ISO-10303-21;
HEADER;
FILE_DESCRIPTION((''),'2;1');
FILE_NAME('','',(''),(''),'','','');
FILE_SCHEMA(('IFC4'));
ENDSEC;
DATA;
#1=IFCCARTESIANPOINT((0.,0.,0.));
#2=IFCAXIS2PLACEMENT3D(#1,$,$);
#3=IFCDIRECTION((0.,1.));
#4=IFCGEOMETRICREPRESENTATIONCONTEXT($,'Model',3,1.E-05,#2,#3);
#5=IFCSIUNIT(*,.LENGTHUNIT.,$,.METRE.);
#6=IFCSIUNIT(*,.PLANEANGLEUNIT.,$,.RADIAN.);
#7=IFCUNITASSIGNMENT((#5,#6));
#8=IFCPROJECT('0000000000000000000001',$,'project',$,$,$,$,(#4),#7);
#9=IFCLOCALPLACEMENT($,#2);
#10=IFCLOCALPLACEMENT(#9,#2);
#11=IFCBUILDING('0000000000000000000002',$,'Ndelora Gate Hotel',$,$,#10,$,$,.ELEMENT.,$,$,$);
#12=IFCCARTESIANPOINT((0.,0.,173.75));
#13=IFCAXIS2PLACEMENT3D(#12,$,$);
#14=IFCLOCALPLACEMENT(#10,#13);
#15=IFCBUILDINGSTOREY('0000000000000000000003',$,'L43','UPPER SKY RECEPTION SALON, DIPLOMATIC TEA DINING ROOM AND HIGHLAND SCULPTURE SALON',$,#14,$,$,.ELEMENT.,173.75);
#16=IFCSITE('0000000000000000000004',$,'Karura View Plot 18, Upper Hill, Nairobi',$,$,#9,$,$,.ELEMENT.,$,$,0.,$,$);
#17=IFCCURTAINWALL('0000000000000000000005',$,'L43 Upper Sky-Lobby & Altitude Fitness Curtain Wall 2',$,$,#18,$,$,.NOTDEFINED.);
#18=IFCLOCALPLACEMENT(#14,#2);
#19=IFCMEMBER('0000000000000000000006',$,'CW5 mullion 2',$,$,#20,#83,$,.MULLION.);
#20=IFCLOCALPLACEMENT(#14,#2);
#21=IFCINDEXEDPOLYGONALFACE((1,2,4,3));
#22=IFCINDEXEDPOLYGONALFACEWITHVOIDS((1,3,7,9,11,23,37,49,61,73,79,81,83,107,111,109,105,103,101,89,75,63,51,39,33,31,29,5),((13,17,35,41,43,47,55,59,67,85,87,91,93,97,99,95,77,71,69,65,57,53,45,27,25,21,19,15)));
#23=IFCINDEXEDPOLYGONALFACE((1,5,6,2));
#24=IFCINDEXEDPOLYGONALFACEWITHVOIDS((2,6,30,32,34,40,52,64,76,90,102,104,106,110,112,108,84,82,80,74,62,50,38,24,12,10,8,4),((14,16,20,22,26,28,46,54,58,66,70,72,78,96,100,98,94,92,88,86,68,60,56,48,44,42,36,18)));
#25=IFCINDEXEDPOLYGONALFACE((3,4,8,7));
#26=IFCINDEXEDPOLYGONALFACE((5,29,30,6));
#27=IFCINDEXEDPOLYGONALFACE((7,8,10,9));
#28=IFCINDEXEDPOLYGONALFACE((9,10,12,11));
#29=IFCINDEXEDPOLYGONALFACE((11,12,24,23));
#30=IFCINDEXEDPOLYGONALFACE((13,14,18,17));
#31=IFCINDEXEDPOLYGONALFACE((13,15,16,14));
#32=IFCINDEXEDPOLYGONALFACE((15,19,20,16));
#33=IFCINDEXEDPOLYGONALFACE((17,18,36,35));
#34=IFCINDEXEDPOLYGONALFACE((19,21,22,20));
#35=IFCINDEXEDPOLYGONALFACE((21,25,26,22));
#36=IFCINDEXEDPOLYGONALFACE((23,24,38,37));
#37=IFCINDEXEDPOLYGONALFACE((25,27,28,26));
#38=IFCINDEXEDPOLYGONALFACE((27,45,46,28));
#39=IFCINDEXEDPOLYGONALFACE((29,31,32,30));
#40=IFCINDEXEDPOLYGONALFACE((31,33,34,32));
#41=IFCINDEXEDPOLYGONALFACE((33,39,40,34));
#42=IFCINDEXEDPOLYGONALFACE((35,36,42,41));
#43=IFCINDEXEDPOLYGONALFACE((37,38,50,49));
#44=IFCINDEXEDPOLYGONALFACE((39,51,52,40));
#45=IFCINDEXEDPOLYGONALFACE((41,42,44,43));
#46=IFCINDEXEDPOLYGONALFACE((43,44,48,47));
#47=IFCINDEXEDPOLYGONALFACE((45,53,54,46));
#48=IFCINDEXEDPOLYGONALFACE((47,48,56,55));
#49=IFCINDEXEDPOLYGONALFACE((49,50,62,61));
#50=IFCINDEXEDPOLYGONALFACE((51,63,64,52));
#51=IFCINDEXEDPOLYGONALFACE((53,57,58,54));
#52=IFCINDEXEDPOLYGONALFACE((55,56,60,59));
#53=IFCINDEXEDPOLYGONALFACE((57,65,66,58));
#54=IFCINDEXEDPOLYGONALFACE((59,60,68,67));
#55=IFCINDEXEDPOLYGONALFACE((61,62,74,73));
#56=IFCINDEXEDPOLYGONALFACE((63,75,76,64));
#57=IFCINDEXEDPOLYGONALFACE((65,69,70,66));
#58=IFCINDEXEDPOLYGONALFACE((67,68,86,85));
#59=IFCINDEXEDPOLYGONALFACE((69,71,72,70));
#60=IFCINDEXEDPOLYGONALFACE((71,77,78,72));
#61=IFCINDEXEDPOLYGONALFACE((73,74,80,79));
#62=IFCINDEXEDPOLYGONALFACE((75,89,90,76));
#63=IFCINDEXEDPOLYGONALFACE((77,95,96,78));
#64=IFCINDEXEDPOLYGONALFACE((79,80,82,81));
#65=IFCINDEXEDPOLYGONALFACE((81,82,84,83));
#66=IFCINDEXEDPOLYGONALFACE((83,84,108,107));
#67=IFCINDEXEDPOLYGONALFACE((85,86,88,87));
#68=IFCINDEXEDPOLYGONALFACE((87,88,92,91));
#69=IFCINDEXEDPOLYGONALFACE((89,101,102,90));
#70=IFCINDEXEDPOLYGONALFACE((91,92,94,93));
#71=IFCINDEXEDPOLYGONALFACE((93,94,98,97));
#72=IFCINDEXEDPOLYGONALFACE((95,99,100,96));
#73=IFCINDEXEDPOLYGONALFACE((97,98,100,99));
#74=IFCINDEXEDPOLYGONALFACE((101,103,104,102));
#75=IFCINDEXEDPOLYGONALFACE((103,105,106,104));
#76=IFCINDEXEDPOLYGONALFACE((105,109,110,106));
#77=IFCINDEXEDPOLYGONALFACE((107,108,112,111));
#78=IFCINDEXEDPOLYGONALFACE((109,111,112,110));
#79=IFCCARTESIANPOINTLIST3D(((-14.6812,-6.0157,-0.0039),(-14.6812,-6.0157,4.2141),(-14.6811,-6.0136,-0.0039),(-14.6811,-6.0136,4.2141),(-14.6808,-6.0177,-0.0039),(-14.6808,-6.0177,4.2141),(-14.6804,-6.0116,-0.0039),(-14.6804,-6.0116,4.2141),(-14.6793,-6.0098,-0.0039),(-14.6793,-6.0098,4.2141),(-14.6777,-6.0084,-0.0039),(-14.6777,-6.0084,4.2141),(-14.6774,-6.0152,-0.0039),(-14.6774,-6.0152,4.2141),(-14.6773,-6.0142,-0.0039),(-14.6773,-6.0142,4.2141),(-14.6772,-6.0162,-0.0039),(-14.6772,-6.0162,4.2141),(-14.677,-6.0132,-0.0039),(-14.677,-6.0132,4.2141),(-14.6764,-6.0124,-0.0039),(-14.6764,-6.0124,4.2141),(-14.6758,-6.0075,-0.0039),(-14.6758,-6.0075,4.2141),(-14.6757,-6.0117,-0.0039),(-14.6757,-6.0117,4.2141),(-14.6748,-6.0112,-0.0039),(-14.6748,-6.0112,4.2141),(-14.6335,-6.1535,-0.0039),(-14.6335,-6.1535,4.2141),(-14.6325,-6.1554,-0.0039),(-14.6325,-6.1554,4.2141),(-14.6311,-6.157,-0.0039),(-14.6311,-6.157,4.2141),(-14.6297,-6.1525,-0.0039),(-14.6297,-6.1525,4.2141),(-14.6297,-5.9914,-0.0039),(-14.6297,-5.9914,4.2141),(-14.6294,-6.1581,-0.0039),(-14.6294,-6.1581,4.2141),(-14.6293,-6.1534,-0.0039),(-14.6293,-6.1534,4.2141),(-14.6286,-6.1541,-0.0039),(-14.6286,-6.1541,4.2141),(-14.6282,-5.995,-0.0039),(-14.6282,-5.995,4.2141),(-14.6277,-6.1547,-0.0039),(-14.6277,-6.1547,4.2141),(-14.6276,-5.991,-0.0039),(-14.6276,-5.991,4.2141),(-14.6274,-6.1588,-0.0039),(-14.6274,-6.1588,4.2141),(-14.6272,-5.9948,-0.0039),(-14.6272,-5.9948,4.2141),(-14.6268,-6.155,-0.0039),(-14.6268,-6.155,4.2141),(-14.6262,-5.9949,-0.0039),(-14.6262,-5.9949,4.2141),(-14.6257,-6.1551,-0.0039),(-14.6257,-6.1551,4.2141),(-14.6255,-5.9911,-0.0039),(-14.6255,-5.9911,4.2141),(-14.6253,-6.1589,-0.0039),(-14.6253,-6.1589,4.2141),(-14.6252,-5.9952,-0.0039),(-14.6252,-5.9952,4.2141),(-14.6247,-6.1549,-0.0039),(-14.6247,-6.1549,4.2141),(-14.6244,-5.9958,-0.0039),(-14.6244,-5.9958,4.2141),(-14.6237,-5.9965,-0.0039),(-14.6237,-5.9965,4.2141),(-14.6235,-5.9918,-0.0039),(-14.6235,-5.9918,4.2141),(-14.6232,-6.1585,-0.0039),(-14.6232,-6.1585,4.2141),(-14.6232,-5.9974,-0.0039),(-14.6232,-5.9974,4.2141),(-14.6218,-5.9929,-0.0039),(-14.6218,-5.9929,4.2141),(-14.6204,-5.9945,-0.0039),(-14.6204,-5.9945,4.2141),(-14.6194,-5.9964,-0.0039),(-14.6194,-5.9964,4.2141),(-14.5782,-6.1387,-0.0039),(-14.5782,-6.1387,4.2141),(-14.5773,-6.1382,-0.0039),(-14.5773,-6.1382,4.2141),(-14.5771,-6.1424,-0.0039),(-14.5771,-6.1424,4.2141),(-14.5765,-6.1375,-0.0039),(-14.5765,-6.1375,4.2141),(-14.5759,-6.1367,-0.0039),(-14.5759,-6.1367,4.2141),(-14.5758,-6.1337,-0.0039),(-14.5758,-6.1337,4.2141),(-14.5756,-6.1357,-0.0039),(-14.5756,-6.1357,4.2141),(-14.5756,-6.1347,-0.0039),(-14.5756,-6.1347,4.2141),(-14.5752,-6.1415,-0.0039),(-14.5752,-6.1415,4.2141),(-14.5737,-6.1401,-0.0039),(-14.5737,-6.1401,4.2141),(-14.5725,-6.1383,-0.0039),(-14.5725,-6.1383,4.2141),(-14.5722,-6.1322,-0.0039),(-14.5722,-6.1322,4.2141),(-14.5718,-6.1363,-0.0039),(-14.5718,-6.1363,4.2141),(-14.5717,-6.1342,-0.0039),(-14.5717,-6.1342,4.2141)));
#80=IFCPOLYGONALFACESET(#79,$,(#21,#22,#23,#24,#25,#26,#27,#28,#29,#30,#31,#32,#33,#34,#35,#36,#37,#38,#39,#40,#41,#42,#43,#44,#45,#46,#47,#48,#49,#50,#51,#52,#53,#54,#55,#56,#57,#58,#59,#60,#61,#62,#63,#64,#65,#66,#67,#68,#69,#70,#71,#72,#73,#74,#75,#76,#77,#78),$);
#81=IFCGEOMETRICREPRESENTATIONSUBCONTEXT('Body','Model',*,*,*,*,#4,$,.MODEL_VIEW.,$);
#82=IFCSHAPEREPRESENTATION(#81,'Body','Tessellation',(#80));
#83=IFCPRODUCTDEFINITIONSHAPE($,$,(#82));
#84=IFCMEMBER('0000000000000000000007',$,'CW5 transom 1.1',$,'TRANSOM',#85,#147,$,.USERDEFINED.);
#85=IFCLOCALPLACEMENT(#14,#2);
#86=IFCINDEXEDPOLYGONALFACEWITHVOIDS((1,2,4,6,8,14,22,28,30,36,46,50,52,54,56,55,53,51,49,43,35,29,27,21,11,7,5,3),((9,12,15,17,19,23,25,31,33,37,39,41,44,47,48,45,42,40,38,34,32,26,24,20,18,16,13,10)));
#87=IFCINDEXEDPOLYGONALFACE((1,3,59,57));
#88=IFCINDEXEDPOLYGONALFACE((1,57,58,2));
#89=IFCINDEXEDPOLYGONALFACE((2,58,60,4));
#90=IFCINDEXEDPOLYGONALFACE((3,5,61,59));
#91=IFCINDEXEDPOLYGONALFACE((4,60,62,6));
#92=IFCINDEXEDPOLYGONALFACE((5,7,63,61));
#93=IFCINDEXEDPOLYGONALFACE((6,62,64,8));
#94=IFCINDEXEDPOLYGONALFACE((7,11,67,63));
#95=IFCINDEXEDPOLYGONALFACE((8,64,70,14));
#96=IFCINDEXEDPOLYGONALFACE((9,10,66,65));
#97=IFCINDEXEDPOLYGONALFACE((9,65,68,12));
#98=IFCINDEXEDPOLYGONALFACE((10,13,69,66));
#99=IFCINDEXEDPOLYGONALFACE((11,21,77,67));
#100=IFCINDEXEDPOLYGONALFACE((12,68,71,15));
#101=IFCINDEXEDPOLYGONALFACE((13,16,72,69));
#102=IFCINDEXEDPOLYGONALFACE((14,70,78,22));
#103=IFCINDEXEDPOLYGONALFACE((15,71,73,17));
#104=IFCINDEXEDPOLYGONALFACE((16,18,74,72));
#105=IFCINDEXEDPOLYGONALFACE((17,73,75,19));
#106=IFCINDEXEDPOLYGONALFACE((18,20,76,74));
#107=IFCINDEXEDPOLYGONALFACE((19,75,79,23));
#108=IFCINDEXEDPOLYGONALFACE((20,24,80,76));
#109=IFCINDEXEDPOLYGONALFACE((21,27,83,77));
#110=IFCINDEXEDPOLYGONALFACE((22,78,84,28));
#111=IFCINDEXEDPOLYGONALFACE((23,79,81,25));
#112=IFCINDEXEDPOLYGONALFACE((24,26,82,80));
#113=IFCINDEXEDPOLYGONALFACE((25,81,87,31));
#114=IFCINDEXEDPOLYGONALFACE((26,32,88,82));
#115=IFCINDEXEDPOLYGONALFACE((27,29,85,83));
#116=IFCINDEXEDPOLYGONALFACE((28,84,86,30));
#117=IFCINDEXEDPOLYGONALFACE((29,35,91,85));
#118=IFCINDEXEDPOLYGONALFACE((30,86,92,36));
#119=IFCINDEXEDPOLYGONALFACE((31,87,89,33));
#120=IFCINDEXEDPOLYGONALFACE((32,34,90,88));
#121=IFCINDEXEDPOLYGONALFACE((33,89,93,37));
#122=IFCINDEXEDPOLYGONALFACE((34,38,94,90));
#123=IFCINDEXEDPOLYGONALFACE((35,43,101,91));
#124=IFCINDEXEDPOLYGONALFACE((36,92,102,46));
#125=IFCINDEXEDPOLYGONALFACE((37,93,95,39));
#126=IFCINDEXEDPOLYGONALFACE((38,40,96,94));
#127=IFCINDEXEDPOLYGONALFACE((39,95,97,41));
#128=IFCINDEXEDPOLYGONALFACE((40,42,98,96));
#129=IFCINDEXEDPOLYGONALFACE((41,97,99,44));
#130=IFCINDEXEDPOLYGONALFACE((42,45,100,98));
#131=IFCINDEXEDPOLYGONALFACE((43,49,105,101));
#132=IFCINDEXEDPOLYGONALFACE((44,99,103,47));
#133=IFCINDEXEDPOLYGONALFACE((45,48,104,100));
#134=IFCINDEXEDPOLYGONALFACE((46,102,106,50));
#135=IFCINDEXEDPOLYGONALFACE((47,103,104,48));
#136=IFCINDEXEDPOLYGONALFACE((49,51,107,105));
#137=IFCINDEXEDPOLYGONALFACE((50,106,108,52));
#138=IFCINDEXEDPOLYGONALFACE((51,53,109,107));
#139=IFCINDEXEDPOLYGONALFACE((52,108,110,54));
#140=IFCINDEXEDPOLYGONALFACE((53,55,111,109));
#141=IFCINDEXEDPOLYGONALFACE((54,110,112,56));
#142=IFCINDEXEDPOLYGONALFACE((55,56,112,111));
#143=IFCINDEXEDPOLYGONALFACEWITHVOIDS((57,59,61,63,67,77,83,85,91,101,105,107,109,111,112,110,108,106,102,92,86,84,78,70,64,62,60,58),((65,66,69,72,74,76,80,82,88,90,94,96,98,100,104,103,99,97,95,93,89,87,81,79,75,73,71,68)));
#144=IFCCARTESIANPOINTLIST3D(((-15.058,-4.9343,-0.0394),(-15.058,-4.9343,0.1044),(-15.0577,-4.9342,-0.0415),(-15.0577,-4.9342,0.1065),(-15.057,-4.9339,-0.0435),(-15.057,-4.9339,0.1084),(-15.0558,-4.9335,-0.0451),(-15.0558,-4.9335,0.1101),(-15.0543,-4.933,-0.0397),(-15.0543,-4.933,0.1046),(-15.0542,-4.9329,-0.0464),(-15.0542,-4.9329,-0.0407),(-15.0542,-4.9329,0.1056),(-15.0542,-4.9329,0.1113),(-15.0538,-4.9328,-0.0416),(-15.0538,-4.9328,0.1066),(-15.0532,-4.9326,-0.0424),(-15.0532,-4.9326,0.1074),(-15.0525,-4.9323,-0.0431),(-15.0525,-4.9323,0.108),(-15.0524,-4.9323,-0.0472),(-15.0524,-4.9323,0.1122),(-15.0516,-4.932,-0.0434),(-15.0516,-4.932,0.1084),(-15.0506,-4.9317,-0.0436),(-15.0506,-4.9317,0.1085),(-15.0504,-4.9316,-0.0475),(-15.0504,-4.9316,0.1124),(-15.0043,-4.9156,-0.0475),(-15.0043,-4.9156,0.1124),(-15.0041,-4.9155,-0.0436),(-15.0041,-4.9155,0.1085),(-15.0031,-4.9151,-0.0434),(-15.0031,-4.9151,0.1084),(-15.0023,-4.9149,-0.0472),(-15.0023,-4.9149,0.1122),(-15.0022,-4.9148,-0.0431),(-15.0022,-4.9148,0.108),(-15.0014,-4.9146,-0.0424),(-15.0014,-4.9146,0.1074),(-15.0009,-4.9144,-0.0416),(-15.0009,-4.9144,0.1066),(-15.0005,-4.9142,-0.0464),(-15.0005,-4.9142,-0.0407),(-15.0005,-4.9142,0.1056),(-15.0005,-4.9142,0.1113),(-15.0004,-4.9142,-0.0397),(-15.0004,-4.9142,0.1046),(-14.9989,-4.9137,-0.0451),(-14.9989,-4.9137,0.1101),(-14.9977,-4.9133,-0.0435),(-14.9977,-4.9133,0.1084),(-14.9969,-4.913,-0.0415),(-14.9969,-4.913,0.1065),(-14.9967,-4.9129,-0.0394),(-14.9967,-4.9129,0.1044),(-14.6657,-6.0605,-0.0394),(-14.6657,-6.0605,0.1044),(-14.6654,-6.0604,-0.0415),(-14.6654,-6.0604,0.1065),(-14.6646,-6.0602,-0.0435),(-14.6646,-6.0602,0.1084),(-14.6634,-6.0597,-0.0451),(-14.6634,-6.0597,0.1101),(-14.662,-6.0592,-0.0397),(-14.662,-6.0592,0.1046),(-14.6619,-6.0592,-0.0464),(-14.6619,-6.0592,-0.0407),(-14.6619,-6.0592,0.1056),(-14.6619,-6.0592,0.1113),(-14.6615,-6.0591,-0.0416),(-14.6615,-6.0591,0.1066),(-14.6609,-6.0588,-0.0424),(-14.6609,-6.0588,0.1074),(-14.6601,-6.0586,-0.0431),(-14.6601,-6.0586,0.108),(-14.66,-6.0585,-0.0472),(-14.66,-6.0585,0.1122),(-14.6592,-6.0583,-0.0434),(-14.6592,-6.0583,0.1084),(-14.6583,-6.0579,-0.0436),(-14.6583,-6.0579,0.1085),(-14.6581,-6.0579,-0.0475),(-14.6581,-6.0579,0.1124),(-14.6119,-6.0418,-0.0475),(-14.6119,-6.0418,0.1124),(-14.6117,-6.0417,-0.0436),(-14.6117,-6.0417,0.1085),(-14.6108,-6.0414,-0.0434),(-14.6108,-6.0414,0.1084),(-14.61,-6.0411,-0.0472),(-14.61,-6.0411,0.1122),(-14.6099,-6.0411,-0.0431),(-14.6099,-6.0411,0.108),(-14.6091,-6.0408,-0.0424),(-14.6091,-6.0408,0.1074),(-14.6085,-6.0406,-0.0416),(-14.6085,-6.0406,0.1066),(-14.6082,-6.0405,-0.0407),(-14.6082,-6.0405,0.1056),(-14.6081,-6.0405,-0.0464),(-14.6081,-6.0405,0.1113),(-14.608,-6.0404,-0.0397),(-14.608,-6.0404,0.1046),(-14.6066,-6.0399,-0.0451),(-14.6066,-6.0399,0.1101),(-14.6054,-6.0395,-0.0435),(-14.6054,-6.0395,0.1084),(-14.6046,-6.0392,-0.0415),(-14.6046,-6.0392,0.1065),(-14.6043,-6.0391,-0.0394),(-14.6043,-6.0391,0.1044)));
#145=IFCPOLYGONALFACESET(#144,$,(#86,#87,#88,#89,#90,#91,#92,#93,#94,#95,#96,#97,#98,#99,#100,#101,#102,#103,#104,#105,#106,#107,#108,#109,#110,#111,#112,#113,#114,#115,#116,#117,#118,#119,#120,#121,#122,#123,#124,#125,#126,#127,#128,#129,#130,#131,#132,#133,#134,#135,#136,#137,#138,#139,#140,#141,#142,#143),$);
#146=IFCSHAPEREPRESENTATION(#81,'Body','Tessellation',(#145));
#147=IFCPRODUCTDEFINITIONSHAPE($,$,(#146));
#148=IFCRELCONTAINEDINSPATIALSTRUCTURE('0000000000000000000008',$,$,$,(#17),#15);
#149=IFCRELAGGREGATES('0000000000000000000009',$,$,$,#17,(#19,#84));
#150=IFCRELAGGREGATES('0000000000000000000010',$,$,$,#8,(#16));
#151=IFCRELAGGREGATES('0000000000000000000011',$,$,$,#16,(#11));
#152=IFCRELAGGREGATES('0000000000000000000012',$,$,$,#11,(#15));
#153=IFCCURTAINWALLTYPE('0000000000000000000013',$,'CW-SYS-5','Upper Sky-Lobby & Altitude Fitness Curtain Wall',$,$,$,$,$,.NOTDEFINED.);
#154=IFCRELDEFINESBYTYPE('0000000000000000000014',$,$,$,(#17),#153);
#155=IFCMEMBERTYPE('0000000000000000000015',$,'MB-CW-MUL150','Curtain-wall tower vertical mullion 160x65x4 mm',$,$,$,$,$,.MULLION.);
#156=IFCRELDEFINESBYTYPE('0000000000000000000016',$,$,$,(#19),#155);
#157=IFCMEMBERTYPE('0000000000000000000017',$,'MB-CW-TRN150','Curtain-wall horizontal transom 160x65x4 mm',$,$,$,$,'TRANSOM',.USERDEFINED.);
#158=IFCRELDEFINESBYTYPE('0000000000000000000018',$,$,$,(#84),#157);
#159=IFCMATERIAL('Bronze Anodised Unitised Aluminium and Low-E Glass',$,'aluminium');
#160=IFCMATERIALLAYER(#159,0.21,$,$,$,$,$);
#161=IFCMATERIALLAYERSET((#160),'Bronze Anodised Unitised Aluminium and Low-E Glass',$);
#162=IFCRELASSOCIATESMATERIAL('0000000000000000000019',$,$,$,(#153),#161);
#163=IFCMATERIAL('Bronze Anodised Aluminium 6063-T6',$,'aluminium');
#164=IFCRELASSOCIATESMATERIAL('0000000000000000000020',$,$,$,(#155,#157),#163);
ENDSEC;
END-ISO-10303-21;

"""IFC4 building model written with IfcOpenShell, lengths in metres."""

from ifc_helpers import new_model, si_unit, direction, frame, origin, origin_2d, place, context, subcontext, project, spatial, hollow_rectangle, extrude, material, layer, layer_set, material_profile, profile_set, type_object, element, aggregate, save


model = new_model("IFC4")

# Units and contexts
model_context = context("Model", 3, precision=1e-05, world=origin(), true_north=direction((0.0, 1.0)))
body_context = subcontext(model_context, "Body", "Model", "MODEL_VIEW")
ifc_project = project(units=[si_unit("LENGTHUNIT", "METRE"), si_unit("PLANEANGLEUNIT", "RADIAN")], contexts=[model_context])

# Site, building, storey
site_placement = place(None, origin())
site = spatial("IfcSite", under=ifc_project, at=site_placement, Name="Karura View Plot 18, Upper Hill, Nairobi", CompositionType="ELEMENT", RefElevation=0.0)
building_placement = place(site_placement, origin())
building = spatial("IfcBuilding", under=site, at=building_placement, Name="Ndelora Gate Hotel", CompositionType="ELEMENT")
storey_placement = place(building_placement, frame((0.0, 0.0, 173.75)))
storey = spatial("IfcBuildingStorey", under=building, at=storey_placement, Name="L43", Description="UPPER SKY RECEPTION SALON, DIPLOMATIC TEA DINING ROOM AND HIGHLAND SCULPTURE SALON", CompositionType="ELEMENT", Elevation=173.75)

# Curtain wall, members
ifc_material_1 = material(Name="Bronze Anodised Unitised Aluminium and Low-E Glass", Category="aluminium")
ifc_layer_1 = layer(ifc_material_1, 0.21)
ifc_layer_set_1 = layer_set([ifc_layer_1], Name="Bronze Anodised Unitised Aluminium and Low-E Glass")
curtain_wall_type = type_object("IfcCurtainWallType", Name="CW-SYS-5", Description="Upper Sky-Lobby & Altitude Fitness Curtain Wall", PredefinedType="NOTDEFINED", material=ifc_layer_set_1)
curtain_wall_placement = place(storey_placement, origin())
curtain_wall = element("IfcCurtainWall", 1, at=curtain_wall_placement, inside=storey, type_object=curtain_wall_type, Name="L43 Upper Sky-Lobby & Altitude Fitness Curtain Wall 2", PredefinedType="NOTDEFINED")
ifc_material_2 = material(Name="Bronze Anodised Aluminium 6063-T6", Category="aluminium")
ifc_material_profile_1 = material_profile(ifc_material_2, hollow_rectangle(XDim=0.0649, YDim=0.1599, WallThickness=0.0039, InnerFilletRadius=0.0039, OuterFilletRadius=0.0081, at=origin_2d()), Name="ALU 160x65x4")
ifc_profile_set_1 = profile_set([ifc_material_profile_1], Name="Bronze Anodised Aluminium 6063-T6")
member_type_1 = type_object("IfcMemberType", Name="MB-CW-MUL150", Description="Curtain-wall tower vertical mullion 160x65x4 mm", PredefinedType="MULLION", material=ifc_profile_set_1)
member_1_placement = place(storey_placement, frame((-14.6265, -6.075, -0.0039), z_axis=(0.0, 0.0, 1.0), x_axis=(0.94437, 0.328886, 0.0)))
member_1 = element("IfcMember", 2, at=member_1_placement, type_object=member_type_1, Name="CW5 mullion 2", PredefinedType="MULLION", context=body_context, shape_type="SweptSolid", body=[
    extrude(hollow_rectangle(XDim=0.0649, YDim=0.1599, WallThickness=0.0039, InnerFilletRadius=0.0039, OuterFilletRadius=0.0081, at=origin_2d()), origin(), (0.0, 0.0, 1.0), 4.218),
])
ifc_material_profile_2 = material_profile(ifc_material_2, hollow_rectangle(XDim=0.0649, YDim=0.1599, WallThickness=0.0039, InnerFilletRadius=0.0039, OuterFilletRadius=0.0081, at=origin_2d()), Name="ALU 160x65x4")
ifc_profile_set_2 = profile_set([ifc_material_profile_2], Name="Bronze Anodised Aluminium 6063-T6")
member_type_2 = type_object("IfcMemberType", Name="MB-CW-TRN150", Description="Curtain-wall horizontal transom 160x65x4 mm", ElementType="TRANSOM", PredefinedType="USERDEFINED", material=ifc_profile_set_2)
member_2_placement = place(storey_placement, frame((-15.0273, -4.9236, 0.0325), z_axis=(0.328973, -0.944339, 0.0), x_axis=(0.944339, 0.328973, 0.0)))
member_2 = element("IfcMember", 3, at=member_2_placement, type_object=member_type_2, Name="CW5 transom 1.1", ObjectType="TRANSOM", PredefinedType="USERDEFINED", context=body_context, shape_type="SweptSolid", body=[
    extrude(hollow_rectangle(XDim=0.0649, YDim=0.1599, WallThickness=0.0039, InnerFilletRadius=0.0039, OuterFilletRadius=0.0081, at=origin_2d()), origin(), (0.0, 0.0, 1.0), 1.1926),
])
aggregate(curtain_wall, [member_1, member_2])

save(model, "model.ifc")
